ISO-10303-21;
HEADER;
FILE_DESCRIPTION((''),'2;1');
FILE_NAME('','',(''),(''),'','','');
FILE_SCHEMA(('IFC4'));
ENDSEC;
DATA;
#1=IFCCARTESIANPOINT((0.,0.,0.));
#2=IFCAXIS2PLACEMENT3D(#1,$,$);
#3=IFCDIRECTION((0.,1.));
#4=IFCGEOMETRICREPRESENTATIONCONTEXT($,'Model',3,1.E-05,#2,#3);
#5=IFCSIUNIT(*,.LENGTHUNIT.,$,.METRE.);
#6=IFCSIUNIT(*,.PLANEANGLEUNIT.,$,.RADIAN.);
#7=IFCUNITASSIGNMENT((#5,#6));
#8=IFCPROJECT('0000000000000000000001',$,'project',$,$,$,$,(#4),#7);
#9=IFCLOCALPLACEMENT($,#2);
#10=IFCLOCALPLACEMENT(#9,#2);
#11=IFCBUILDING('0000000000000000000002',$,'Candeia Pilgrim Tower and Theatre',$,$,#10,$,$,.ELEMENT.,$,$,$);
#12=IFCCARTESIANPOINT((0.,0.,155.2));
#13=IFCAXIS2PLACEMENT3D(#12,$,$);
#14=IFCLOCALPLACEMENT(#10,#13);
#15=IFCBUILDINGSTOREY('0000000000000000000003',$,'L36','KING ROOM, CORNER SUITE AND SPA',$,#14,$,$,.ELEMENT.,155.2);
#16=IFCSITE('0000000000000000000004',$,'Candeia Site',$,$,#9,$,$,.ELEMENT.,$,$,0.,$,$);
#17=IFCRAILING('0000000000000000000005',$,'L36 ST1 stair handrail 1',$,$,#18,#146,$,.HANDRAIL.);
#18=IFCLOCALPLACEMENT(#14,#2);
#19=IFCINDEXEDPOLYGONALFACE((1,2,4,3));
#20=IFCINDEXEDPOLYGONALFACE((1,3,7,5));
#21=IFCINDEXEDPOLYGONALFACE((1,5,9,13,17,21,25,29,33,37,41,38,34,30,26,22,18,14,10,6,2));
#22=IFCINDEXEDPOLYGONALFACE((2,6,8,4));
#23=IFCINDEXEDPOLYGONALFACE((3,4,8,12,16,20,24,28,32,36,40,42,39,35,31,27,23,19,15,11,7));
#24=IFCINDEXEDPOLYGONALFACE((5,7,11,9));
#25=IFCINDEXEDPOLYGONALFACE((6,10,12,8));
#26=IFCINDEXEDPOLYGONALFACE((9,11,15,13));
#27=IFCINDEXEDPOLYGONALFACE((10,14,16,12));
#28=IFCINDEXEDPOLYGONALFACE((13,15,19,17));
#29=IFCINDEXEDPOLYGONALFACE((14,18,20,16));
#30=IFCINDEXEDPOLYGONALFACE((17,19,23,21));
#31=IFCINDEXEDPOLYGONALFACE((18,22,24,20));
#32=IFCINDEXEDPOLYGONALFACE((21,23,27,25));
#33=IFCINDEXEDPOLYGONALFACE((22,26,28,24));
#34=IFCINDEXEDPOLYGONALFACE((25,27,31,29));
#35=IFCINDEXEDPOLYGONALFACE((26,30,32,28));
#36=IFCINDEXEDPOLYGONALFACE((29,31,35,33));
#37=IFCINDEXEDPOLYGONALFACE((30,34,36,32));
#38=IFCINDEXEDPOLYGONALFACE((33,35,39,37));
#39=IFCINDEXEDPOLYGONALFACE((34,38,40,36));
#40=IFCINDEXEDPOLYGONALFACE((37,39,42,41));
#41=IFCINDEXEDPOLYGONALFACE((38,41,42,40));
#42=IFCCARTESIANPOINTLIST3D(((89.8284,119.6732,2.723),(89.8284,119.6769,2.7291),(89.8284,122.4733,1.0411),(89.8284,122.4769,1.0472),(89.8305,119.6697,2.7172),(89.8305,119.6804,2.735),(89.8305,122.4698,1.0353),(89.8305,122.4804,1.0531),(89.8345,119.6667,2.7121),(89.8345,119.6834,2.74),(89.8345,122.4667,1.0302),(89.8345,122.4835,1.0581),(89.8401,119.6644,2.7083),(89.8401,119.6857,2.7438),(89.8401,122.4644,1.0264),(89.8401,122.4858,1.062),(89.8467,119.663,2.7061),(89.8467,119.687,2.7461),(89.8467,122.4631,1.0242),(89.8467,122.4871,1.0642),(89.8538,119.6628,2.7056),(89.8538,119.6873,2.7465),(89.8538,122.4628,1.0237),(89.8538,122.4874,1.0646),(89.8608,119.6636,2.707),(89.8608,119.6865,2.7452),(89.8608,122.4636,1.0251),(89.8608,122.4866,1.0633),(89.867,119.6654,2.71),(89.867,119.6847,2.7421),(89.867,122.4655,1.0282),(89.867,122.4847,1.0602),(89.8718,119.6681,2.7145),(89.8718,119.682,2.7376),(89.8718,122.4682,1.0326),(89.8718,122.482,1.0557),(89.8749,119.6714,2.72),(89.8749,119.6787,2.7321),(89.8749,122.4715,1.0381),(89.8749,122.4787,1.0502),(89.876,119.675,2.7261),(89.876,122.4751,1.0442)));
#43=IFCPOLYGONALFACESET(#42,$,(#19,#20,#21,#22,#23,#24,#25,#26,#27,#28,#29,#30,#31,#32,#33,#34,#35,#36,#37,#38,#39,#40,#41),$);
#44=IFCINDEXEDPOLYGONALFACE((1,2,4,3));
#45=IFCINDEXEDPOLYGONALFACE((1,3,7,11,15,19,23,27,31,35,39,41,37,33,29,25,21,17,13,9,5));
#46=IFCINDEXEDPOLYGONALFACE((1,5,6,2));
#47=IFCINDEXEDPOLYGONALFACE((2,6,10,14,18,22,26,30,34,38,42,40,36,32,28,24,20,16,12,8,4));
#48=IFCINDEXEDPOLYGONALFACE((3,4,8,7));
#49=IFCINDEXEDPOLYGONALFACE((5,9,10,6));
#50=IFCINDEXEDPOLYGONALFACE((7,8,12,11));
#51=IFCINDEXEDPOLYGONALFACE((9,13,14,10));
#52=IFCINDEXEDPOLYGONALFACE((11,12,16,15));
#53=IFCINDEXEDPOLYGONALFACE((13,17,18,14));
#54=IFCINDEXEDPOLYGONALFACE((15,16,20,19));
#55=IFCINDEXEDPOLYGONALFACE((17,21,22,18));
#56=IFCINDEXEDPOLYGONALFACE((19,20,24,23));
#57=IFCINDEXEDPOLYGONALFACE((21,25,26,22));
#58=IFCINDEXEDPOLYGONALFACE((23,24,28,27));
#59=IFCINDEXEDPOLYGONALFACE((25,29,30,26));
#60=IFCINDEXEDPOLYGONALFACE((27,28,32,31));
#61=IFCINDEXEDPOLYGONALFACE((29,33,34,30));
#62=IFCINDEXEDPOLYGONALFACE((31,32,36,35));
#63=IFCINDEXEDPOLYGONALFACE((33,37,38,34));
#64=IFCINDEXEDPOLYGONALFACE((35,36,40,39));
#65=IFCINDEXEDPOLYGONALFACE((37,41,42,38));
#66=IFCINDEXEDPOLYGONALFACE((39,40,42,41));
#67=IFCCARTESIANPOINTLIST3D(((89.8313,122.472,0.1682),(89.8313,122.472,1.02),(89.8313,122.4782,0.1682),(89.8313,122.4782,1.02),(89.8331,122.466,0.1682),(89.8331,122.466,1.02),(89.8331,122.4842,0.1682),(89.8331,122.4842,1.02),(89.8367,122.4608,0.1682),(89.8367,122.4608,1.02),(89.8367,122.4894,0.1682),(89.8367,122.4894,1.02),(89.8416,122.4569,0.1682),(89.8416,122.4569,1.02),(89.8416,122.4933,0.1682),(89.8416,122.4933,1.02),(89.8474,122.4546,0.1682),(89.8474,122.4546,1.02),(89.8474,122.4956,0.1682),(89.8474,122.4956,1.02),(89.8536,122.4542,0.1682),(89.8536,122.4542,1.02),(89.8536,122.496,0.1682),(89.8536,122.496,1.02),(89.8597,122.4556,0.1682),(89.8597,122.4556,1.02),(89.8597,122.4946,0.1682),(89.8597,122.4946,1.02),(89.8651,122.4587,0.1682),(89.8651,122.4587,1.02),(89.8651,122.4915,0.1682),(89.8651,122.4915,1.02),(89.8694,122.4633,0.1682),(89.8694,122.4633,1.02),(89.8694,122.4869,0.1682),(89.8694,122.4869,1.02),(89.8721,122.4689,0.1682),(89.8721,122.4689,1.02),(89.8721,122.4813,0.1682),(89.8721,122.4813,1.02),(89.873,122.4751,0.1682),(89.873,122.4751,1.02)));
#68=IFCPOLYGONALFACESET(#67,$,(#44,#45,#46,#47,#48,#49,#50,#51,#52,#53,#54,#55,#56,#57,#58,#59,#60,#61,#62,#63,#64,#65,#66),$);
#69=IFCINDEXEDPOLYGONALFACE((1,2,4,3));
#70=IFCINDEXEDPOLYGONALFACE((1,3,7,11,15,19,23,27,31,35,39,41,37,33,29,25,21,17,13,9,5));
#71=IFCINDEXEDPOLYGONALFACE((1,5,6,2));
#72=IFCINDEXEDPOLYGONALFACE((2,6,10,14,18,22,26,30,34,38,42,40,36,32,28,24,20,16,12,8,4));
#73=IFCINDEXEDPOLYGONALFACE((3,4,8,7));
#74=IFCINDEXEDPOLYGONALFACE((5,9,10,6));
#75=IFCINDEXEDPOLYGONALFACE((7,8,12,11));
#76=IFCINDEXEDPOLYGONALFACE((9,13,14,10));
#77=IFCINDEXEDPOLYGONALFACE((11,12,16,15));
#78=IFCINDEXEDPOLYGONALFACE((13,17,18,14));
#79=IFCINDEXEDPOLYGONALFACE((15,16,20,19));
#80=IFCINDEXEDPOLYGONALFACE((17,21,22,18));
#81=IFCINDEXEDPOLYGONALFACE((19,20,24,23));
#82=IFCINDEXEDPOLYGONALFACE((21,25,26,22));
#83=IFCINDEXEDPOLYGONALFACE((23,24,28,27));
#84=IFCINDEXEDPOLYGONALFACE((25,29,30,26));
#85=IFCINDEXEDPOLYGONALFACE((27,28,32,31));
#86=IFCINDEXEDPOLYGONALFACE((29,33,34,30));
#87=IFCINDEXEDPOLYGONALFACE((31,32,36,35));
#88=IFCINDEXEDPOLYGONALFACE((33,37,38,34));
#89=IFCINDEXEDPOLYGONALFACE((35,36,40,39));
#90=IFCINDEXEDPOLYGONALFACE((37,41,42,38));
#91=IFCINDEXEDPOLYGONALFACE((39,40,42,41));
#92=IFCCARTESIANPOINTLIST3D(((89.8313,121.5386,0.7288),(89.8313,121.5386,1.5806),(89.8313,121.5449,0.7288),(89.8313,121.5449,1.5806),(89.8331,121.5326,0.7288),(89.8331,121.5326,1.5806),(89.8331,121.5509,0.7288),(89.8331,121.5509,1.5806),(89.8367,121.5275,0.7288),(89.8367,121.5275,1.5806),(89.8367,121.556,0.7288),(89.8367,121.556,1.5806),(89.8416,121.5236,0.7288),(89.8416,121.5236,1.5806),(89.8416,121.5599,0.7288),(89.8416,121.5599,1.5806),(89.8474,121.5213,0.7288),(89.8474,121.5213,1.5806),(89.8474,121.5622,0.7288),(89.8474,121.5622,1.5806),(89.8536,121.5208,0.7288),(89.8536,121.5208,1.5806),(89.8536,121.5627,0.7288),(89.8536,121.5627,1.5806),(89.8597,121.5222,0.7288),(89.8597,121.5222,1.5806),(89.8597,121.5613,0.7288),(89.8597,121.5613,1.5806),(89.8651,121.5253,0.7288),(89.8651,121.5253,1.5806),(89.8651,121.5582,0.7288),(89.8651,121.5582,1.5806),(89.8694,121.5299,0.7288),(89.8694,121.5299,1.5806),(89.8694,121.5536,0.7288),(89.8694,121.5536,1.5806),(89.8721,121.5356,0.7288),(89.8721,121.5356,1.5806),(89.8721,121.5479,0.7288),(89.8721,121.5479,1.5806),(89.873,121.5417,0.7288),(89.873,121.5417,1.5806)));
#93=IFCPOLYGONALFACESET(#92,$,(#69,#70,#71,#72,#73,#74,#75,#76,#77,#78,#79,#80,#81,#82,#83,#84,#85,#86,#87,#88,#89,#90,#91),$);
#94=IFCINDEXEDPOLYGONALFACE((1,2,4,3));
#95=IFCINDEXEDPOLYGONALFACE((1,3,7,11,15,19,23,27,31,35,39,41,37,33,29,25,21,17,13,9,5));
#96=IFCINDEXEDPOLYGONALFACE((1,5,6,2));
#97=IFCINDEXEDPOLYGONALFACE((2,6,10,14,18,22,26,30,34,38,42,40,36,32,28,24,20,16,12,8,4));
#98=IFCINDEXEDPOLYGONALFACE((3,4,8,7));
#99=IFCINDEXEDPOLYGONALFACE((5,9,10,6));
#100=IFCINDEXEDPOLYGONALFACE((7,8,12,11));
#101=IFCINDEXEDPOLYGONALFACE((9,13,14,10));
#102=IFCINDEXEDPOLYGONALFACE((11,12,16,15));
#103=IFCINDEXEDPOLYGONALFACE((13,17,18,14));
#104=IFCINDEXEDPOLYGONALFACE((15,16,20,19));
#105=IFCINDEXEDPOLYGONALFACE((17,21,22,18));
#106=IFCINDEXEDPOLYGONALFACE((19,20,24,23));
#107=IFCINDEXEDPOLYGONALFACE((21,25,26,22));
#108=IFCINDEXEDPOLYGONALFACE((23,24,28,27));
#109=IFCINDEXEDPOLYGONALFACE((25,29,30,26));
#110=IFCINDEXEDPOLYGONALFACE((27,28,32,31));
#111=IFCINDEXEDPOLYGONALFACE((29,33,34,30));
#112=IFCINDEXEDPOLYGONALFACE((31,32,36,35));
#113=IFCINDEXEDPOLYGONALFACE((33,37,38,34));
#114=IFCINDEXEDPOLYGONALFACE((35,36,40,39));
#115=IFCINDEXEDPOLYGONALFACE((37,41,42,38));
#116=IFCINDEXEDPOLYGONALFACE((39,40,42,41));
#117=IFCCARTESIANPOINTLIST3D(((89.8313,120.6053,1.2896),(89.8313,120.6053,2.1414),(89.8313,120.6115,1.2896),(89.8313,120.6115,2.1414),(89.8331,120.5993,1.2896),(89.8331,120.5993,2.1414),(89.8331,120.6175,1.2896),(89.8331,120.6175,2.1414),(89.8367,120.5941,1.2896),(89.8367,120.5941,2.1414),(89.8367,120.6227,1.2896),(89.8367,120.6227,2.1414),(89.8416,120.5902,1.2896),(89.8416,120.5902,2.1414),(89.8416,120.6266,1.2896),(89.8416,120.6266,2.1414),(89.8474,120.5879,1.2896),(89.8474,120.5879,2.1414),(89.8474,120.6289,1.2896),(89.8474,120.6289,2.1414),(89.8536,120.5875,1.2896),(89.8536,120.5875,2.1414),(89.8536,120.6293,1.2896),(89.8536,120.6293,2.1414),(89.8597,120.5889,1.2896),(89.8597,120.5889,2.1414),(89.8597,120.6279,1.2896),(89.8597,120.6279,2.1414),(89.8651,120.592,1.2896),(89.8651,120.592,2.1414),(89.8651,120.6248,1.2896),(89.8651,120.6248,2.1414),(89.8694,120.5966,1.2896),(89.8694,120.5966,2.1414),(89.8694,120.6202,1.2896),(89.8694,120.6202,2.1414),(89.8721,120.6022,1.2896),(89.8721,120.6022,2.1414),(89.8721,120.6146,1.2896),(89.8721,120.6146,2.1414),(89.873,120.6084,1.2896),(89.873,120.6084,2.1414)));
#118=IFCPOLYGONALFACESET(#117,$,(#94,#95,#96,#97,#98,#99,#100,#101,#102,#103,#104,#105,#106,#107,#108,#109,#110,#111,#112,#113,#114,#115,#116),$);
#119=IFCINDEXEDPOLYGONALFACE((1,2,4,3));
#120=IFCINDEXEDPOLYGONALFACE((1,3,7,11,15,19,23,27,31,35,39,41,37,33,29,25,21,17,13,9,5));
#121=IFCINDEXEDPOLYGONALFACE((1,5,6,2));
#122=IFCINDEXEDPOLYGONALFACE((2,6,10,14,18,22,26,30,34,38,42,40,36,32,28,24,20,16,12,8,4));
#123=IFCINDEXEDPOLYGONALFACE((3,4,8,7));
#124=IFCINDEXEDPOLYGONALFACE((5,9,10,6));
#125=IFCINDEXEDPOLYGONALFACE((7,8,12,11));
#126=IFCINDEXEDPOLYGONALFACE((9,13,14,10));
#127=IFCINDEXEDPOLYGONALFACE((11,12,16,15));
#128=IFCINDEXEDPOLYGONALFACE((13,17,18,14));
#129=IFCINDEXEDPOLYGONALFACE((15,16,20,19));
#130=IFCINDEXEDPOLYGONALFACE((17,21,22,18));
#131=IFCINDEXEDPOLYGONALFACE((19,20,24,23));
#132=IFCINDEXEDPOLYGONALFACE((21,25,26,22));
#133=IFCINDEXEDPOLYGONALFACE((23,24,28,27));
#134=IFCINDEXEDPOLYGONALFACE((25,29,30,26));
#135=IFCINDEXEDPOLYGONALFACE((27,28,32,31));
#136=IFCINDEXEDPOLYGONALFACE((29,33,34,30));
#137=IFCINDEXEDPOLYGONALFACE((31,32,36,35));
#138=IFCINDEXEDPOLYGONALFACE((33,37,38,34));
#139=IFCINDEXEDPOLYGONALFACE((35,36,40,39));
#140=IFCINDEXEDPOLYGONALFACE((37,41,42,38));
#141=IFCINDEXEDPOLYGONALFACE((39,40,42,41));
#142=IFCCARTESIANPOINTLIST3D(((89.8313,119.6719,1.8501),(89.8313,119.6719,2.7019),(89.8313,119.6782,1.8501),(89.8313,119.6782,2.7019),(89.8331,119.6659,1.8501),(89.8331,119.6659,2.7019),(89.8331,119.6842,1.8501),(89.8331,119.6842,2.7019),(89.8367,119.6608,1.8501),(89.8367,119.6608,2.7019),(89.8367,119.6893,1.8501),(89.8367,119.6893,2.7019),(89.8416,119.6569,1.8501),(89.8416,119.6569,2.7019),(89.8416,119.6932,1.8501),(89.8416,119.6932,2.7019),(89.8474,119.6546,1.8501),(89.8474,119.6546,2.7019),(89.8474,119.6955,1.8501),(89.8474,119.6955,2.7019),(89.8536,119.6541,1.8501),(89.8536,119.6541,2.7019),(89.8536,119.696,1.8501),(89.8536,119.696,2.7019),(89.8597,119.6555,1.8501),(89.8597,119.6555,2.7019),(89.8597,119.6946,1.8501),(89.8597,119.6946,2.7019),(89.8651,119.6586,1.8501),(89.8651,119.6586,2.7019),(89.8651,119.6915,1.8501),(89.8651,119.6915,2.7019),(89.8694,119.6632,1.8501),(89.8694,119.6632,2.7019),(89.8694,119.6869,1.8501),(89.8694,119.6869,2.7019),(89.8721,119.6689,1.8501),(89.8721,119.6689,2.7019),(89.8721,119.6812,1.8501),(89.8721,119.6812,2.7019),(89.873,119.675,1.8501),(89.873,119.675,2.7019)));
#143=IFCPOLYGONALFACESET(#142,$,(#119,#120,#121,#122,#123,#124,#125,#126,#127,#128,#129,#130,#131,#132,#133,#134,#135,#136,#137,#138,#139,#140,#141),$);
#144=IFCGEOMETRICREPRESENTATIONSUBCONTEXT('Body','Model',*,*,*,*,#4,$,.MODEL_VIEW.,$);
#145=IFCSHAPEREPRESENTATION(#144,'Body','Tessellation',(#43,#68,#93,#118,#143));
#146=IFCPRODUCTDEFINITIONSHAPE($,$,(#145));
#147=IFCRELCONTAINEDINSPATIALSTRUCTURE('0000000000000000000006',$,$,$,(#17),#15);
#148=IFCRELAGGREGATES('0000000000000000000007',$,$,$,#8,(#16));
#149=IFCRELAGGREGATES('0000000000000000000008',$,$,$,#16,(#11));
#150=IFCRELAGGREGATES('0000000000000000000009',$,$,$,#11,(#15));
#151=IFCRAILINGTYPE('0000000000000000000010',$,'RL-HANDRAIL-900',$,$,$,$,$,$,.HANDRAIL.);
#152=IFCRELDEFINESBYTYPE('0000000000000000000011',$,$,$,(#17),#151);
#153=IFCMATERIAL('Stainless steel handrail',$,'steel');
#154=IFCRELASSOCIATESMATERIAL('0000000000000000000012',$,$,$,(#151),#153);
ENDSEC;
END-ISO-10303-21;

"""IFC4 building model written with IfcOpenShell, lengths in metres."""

from ifc_helpers import new_model, si_unit, direction, frame, origin, origin_2d, place, context, subcontext, project, spatial, circle, extrude, material, type_object, element, save


model = new_model("IFC4")

# Units and contexts
model_context = context("Model", 3, precision=1e-05, world=origin(), true_north=direction((0.0, 1.0)))
body_context = subcontext(model_context, "Body", "Model", "MODEL_VIEW")
ifc_project = project(units=[si_unit("LENGTHUNIT", "METRE"), si_unit("PLANEANGLEUNIT", "RADIAN")], contexts=[model_context])

# Site, building, storey
site_placement = place(None, origin())
site = spatial("IfcSite", under=ifc_project, at=site_placement, Name="Candeia Site", CompositionType="ELEMENT", RefElevation=0.0)
building_placement = place(site_placement, origin())
building = spatial("IfcBuilding", under=site, at=building_placement, Name="Candeia Pilgrim Tower and Theatre", CompositionType="ELEMENT")
storey_placement = place(building_placement, frame((0.0, 0.0, 155.2)))
storey = spatial("IfcBuildingStorey", under=building, at=storey_placement, Name="L36", Description="KING ROOM, CORNER SUITE AND SPA", CompositionType="ELEMENT", Elevation=155.2)

# Railing
ifc_material_1 = material(Name="Stainless steel handrail", Category="steel")
railing_type_1 = type_object("IfcRailingType", Name="RL-HANDRAIL-900", PredefinedType="HANDRAIL", material=ifc_material_1)
for number, where, name in (
    (1, (89.8521, 122.4751, 0.1682), "L36 ST1 stair handrail 1"),
):
    element("IfcRailing", number, at=place(storey_placement, frame(where)), inside=storey, type_object=railing_type_1, Name=name, PredefinedType="HANDRAIL", context=body_context, shape_type="SweptSolid", body=[
        extrude(circle(Radius=0.0239, at=origin_2d()), frame((0.0, 0.0, 0.876), z_axis=(0.0, -0.857242, 0.514913), x_axis=(1.0, 0.0, 0.0)), (0.0, 0.0, 1.0), 3.2664),
        extrude(circle(Radius=0.021, at=origin_2d()), origin(), (0.0, 0.0, 1.0), 0.8518),
        extrude(circle(Radius=0.021, at=origin_2d()), frame((0.0, -0.9333, 0.5605)), (0.0, 0.0, 1.0), 0.8518),
        extrude(circle(Radius=0.021, at=origin_2d()), frame((0.0, -1.8667, 1.1213)), (0.0, 0.0, 1.0), 0.8518),
        extrude(circle(Radius=0.021, at=origin_2d()), frame((0.0, -2.8, 1.6819)), (0.0, 0.0, 1.0), 0.8518),
    ])

save(model, "model.ifc")
